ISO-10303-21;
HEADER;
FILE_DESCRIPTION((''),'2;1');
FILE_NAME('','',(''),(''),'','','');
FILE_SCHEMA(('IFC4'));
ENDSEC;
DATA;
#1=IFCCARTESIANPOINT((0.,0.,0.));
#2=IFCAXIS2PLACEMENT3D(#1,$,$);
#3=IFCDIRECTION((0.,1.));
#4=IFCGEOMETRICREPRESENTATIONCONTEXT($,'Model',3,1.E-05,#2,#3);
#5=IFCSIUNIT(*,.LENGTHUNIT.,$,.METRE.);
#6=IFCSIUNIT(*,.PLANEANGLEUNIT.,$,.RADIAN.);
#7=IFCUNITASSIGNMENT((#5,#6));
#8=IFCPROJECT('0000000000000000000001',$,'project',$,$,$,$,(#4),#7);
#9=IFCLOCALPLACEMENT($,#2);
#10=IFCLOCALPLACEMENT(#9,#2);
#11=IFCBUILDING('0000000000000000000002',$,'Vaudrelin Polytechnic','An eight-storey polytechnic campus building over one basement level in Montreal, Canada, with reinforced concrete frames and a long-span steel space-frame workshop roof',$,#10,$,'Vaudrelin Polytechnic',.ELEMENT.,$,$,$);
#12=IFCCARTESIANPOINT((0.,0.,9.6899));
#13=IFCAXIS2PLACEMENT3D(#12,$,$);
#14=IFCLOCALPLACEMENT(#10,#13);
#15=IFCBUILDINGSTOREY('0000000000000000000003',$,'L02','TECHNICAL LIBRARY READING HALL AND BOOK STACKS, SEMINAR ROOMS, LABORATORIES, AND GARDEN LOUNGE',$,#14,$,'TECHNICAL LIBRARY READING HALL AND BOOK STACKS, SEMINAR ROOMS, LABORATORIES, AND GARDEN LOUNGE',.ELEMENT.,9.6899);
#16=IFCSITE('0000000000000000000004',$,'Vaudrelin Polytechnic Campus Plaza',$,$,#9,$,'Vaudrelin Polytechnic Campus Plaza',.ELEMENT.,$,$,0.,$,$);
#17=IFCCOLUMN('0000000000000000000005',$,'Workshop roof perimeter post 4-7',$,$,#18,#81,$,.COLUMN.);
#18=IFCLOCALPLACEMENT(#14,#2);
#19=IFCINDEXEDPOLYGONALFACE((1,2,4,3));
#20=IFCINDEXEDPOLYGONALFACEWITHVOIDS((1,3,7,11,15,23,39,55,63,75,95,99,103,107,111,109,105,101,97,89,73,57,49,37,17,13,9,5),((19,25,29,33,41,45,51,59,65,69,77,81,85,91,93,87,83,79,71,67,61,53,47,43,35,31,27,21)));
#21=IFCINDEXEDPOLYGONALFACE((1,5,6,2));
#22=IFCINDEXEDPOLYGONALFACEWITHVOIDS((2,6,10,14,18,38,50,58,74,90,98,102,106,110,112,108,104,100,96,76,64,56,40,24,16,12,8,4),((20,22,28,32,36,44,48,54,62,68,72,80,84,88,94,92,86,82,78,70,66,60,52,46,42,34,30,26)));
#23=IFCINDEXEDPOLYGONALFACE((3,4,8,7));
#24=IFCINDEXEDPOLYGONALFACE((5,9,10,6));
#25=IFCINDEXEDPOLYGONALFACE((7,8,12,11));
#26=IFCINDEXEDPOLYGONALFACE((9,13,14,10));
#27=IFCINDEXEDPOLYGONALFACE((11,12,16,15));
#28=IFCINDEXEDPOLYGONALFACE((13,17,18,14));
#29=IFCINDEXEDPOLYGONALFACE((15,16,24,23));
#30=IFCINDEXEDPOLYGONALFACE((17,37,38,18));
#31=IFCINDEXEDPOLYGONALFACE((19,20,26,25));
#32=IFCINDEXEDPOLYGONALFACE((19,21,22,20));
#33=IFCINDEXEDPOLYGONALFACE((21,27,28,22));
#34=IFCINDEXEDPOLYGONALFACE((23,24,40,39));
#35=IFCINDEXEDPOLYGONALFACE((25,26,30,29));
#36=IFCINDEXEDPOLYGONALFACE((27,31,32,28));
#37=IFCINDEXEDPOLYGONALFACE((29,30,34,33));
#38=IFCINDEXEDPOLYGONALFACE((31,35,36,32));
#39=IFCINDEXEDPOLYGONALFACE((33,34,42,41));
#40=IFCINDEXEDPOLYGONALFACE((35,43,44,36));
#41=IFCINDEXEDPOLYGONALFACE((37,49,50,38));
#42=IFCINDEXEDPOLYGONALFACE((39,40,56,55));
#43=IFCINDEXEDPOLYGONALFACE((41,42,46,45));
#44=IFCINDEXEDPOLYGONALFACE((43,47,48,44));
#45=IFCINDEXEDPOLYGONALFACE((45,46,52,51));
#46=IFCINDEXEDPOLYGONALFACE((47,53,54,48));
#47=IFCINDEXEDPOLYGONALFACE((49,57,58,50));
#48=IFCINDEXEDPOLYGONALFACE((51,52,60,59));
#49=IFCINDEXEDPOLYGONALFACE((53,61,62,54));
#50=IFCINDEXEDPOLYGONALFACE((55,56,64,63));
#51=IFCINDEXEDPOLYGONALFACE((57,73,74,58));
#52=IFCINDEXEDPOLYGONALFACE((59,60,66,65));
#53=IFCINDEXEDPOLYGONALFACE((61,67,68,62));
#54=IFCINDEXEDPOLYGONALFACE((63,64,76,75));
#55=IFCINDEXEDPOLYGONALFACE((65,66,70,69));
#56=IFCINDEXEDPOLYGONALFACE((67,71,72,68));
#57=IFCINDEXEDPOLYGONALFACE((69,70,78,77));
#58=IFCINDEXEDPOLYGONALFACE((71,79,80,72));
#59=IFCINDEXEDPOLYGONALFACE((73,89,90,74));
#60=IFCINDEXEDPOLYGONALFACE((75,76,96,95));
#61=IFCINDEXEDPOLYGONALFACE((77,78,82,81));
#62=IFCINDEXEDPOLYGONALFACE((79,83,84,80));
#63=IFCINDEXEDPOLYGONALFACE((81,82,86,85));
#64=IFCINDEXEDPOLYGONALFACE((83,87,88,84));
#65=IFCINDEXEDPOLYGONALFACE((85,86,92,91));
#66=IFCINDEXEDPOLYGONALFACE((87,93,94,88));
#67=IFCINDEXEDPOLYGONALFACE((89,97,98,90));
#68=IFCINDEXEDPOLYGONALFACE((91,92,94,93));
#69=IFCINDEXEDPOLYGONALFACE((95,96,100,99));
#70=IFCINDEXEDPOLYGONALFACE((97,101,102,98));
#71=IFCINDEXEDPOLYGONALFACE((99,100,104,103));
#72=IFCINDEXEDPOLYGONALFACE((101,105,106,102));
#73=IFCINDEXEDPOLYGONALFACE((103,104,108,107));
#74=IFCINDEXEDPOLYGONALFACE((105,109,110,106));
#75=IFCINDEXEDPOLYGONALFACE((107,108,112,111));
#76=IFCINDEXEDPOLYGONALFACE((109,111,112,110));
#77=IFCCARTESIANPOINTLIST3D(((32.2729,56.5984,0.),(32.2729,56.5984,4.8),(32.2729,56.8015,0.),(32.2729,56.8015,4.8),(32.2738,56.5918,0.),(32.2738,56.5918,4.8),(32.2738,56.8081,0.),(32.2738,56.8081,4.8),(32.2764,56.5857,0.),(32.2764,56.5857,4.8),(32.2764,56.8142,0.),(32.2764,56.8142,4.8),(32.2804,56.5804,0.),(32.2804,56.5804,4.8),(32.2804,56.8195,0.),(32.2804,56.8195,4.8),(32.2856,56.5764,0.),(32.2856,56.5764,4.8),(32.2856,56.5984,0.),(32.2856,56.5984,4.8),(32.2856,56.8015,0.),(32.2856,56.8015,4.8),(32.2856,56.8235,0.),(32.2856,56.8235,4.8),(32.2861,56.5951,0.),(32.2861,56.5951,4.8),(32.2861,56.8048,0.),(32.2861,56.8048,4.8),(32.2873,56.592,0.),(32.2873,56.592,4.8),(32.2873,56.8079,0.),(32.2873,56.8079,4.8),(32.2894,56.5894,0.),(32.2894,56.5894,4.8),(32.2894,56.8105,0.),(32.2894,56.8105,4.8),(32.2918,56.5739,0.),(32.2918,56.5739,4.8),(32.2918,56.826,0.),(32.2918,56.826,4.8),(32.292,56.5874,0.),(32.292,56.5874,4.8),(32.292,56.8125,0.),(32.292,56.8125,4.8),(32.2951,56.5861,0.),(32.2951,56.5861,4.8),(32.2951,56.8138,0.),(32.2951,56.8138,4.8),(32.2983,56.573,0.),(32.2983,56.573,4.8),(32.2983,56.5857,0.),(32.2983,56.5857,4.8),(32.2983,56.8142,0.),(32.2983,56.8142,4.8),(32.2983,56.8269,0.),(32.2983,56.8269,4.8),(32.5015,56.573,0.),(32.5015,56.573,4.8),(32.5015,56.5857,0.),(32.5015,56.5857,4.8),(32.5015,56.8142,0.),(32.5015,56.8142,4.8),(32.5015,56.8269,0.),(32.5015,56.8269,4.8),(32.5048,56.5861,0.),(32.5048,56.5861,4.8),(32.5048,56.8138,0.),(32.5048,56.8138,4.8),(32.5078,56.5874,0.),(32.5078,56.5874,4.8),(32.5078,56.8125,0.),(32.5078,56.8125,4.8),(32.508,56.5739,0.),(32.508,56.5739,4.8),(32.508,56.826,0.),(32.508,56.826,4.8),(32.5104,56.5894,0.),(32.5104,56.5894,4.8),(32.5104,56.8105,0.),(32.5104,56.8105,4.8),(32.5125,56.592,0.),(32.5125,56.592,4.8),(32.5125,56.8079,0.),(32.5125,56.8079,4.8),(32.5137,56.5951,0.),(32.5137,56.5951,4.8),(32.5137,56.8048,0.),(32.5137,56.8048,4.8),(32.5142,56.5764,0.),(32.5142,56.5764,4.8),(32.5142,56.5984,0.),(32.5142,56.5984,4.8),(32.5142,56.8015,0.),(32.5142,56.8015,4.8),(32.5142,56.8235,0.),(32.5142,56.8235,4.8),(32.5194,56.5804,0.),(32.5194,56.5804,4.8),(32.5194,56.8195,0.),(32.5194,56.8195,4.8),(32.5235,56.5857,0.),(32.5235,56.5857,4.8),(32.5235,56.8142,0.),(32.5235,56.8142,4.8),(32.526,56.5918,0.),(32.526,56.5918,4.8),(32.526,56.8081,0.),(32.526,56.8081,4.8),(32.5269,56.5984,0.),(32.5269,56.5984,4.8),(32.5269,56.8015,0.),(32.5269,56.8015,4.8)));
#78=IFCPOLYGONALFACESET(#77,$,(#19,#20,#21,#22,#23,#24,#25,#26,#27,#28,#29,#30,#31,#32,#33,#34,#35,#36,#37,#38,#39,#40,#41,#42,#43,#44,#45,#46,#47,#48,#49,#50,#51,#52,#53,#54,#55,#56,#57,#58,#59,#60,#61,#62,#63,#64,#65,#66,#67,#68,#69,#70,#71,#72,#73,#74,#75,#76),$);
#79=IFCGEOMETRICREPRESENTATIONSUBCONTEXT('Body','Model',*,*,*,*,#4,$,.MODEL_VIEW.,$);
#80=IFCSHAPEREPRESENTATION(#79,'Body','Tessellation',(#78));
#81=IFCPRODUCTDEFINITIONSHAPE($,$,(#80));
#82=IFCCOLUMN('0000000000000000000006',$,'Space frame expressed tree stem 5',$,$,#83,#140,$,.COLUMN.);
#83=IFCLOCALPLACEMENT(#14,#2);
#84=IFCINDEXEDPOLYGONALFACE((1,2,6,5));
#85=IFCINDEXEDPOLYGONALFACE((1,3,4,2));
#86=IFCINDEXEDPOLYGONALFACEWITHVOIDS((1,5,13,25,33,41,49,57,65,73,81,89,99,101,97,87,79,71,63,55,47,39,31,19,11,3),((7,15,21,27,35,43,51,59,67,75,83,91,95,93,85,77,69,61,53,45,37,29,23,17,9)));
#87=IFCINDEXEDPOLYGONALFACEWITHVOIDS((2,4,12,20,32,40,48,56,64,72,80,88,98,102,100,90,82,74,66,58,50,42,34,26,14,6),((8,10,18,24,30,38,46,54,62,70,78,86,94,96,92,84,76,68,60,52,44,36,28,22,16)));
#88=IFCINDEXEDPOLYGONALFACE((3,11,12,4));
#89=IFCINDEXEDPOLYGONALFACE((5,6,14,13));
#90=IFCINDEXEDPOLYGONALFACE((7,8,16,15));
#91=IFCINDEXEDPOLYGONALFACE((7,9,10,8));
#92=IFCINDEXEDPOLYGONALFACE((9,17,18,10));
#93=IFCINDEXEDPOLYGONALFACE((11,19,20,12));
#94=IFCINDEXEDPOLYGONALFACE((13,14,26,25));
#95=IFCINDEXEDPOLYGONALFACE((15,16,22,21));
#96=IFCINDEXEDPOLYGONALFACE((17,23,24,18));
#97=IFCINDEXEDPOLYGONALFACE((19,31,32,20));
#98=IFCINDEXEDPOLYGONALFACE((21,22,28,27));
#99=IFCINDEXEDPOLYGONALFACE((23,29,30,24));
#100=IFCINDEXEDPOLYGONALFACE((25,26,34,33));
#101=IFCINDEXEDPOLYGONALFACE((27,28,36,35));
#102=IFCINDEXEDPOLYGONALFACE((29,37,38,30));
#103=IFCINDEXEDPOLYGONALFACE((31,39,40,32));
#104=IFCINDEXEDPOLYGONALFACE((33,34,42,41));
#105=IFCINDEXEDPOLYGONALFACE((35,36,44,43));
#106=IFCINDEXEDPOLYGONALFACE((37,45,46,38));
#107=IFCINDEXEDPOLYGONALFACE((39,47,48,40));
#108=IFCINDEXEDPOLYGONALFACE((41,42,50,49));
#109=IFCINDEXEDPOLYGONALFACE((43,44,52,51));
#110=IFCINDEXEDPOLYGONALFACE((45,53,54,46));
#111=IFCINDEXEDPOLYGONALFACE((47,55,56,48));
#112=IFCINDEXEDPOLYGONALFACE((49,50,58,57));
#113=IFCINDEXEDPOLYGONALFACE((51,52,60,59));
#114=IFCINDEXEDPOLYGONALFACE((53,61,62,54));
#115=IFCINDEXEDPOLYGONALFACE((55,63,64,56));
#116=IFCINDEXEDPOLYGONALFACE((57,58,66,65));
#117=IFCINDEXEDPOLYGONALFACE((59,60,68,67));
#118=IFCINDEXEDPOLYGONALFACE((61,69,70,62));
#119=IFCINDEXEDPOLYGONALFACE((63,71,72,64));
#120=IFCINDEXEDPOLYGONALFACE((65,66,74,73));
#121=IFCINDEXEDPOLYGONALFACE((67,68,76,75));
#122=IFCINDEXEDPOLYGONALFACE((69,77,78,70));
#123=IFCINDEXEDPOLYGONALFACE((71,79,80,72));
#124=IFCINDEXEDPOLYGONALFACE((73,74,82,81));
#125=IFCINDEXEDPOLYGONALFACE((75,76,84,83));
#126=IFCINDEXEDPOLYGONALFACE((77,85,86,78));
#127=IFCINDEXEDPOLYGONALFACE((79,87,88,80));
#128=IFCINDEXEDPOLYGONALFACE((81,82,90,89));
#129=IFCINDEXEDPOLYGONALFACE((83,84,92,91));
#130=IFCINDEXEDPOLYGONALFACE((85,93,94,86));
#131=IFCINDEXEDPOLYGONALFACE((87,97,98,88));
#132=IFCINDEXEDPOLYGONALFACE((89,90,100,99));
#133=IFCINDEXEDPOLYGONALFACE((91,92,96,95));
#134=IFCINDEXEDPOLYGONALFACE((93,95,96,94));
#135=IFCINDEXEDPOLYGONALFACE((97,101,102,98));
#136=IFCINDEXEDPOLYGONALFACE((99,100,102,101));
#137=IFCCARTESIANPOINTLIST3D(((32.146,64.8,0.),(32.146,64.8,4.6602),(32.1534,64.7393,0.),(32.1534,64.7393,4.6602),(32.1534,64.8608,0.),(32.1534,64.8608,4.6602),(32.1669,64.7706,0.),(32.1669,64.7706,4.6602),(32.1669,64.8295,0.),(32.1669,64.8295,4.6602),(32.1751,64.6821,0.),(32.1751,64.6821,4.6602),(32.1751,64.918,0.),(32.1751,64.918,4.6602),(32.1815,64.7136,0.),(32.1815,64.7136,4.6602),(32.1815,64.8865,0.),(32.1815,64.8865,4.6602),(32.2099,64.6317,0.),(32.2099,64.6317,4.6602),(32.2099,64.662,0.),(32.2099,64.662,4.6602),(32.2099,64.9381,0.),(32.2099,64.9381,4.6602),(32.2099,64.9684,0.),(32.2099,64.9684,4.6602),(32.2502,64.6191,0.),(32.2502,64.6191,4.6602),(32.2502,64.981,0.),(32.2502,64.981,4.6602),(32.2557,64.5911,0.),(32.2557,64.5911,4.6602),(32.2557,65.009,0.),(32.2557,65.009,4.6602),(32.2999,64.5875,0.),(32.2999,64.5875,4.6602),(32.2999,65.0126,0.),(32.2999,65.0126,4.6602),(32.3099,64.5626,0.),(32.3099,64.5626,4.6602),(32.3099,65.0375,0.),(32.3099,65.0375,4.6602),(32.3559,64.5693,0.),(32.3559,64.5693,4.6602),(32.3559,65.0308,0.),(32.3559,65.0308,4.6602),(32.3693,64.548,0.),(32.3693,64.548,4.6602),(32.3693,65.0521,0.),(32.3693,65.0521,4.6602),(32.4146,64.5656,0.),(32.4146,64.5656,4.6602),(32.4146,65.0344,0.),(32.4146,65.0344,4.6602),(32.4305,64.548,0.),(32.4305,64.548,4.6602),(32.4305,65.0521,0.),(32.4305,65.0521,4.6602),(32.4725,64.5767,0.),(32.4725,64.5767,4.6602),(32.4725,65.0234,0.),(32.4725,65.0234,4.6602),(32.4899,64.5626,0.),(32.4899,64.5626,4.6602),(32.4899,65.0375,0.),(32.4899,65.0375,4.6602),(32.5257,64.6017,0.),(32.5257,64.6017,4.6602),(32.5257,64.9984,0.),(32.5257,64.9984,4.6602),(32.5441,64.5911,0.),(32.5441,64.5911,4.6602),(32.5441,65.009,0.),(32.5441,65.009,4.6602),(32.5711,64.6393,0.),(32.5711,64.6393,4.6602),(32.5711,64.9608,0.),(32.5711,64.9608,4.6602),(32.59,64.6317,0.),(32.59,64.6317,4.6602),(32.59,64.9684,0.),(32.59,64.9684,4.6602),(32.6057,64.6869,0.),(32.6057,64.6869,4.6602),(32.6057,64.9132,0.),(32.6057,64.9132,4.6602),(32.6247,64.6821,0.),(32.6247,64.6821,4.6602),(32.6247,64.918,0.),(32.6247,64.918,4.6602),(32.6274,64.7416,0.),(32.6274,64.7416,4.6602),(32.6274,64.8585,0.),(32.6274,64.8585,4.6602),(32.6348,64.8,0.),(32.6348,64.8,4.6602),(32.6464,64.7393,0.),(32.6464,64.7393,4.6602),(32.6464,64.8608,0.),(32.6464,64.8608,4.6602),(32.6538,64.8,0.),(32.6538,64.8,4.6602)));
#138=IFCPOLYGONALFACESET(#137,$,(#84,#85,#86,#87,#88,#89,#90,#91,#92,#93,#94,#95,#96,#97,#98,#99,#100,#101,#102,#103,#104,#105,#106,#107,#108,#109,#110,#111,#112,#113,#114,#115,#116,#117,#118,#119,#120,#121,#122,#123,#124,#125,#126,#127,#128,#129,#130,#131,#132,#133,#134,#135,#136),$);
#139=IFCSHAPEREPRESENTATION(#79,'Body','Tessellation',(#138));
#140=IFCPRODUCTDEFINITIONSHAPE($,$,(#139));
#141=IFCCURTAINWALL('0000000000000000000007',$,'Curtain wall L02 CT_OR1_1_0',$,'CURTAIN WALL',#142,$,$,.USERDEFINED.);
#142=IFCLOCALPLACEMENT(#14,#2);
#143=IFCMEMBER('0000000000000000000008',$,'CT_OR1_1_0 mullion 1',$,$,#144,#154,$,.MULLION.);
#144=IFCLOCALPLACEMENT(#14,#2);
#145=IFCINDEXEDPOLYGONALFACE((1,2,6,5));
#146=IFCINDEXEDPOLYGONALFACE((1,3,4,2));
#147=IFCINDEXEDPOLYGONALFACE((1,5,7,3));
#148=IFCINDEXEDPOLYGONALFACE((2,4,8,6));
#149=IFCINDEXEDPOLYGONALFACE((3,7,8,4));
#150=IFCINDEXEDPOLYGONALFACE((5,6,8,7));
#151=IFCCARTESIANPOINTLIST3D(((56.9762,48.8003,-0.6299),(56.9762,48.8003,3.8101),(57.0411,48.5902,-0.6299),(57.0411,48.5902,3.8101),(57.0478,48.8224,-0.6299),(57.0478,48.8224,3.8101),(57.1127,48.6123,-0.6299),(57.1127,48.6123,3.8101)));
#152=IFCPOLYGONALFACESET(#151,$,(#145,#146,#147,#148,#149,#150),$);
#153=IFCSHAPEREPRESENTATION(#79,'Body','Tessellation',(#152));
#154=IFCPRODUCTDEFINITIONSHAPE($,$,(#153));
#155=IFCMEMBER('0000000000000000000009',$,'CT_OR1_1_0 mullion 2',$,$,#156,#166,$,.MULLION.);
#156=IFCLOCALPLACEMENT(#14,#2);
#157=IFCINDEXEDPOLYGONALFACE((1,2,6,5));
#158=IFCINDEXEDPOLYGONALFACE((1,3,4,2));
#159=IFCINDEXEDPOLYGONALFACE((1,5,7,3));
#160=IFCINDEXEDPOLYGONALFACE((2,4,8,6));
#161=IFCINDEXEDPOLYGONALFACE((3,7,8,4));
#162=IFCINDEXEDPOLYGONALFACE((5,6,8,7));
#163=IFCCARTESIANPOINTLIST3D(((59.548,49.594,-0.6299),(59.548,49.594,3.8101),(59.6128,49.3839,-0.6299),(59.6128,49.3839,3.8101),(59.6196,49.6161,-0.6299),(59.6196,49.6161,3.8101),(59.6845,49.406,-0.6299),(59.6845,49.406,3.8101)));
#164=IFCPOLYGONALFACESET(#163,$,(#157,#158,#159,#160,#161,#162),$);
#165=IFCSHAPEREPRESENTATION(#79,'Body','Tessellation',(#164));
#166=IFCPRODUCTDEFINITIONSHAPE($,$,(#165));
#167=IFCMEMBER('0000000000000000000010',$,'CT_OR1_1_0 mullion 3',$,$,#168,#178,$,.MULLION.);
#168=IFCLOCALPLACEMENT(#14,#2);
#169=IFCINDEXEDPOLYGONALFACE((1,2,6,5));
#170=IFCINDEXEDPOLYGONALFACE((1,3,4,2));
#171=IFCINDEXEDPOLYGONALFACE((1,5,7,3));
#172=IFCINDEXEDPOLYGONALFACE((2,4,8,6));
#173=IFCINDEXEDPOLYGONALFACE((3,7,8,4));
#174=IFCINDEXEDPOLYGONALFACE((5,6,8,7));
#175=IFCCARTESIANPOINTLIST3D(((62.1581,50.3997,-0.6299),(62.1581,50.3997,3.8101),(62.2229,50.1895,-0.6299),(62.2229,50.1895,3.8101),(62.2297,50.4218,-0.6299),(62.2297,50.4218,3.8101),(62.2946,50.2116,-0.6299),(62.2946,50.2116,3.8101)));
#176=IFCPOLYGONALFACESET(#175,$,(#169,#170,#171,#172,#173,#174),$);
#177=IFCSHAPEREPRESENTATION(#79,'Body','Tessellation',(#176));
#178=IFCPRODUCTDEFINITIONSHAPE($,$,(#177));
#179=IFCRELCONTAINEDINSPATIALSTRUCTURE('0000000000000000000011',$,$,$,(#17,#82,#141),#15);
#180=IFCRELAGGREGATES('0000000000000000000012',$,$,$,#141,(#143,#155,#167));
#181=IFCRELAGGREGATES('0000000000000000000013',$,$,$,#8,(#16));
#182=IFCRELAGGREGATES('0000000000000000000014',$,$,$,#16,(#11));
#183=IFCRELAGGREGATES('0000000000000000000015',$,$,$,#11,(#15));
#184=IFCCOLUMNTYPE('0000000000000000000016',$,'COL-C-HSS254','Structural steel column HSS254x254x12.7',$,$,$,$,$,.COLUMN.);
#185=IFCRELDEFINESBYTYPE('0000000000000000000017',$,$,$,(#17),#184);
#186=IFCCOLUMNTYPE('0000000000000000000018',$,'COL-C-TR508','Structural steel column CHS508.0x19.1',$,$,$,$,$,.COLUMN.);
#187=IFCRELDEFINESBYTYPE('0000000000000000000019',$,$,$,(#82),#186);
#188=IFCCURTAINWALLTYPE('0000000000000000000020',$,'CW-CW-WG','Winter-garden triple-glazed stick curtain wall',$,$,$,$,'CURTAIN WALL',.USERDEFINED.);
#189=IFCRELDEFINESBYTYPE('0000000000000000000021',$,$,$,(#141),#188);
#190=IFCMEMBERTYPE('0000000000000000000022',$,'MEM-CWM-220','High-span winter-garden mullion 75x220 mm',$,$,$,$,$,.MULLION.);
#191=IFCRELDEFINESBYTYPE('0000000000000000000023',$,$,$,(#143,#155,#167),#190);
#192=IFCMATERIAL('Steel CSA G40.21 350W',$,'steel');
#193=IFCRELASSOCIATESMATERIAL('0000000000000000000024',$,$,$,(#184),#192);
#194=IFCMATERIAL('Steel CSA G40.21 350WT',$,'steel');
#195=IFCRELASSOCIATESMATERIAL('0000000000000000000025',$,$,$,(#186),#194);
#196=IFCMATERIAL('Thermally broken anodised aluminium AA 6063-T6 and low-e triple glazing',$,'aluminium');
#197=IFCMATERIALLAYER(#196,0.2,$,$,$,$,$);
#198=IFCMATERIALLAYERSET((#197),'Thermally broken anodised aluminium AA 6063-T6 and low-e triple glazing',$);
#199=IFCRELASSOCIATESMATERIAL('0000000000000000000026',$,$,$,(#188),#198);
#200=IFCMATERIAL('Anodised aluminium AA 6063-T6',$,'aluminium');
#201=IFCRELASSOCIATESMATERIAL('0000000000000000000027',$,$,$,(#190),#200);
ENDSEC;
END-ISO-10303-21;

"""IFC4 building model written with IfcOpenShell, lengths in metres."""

from ifc_helpers import new_model, si_unit, direction, frame, origin, origin_2d, place, context, subcontext, project, spatial, rectangle, hollow_rectangle, hollow_circle, extrude, material, layer, layer_set, material_profile, profile_set, type_object, element, aggregate, save


model = new_model("IFC4")

# Units and contexts
model_context = context("Model", 3, precision=1e-05, world=origin(), true_north=direction((0.0, 1.0)))
body_context = subcontext(model_context, "Body", "Model", "MODEL_VIEW")
ifc_project = project(units=[si_unit("LENGTHUNIT", "METRE"), si_unit("PLANEANGLEUNIT", "RADIAN")], contexts=[model_context])

# Site, building, storey
site_placement = place(None, origin())
site = spatial("IfcSite", under=ifc_project, at=site_placement, Name="Vaudrelin Polytechnic Campus Plaza", LongName="Vaudrelin Polytechnic Campus Plaza", CompositionType="ELEMENT", RefElevation=0.0)
building_placement = place(site_placement, origin())
building = spatial("IfcBuilding", under=site, at=building_placement, Name="Vaudrelin Polytechnic", Description="An eight-storey polytechnic campus building over one basement level in Montreal, Canada, with reinforced concrete frames and a long-span steel space-frame workshop roof", LongName="Vaudrelin Polytechnic", CompositionType="ELEMENT")
storey_placement = place(building_placement, frame((0.0, 0.0, 9.6899)))
storey = spatial("IfcBuildingStorey", under=building, at=storey_placement, Name="L02", Description="TECHNICAL LIBRARY READING HALL AND BOOK STACKS, SEMINAR ROOMS, LABORATORIES, AND GARDEN LOUNGE", LongName="TECHNICAL LIBRARY READING HALL AND BOOK STACKS, SEMINAR ROOMS, LABORATORIES, AND GARDEN LOUNGE", CompositionType="ELEMENT", Elevation=9.6899)

# Columns
ifc_material_1 = material(Name="Steel CSA G40.21 350W", Category="steel")
ifc_material_profile_1 = material_profile(ifc_material_1, hollow_rectangle(XDim=0.2539, YDim=0.2539, WallThickness=0.0127, InnerFilletRadius=0.0127, OuterFilletRadius=0.0254, at=origin_2d()), Name="HSS254x254x12.7")
ifc_profile_set_1 = profile_set([ifc_material_profile_1], Name="Steel CSA G40.21 350W")
column_type_1 = type_object("IfcColumnType", Name="COL-C-HSS254", Description="Structural steel column HSS254x254x12.7", PredefinedType="COLUMN", material=ifc_profile_set_1)
column_1_placement = place(storey_placement, frame((32.3999, 56.7, 0.0), z_axis=(0.0, 0.0, 1.0), x_axis=(1.0, 0.0, 0.0)))
element("IfcColumn", 1, at=column_1_placement, inside=storey, type_object=column_type_1, Name="Workshop roof perimeter post 4-7", PredefinedType="COLUMN", context=body_context, shape_type="SweptSolid", body=[
    extrude(hollow_rectangle(XDim=0.2539, YDim=0.2539, WallThickness=0.0127, InnerFilletRadius=0.0127, OuterFilletRadius=0.0254, at=origin_2d()), origin(), (0.0, 0.0, 1.0), 4.8),
])
ifc_material_2 = material(Name="Steel CSA G40.21 350WT", Category="steel")
ifc_material_profile_2 = material_profile(ifc_material_2, hollow_circle(Radius=0.2539, WallThickness=0.019, at=origin_2d()), Name="CHS508.0x19.1")
ifc_profile_set_2 = profile_set([ifc_material_profile_2], Name="Steel CSA G40.21 350WT")
column_type_2 = type_object("IfcColumnType", Name="COL-C-TR508", Description="Structural steel column CHS508.0x19.1", PredefinedType="COLUMN", material=ifc_profile_set_2)
column_2_placement = place(storey_placement, frame((32.3999, 64.8, 0.0), z_axis=(0.0, 0.0, 1.0), x_axis=(1.0, 0.0, 0.0)))
element("IfcColumn", 2, at=column_2_placement, inside=storey, type_object=column_type_2, Name="Space frame expressed tree stem 5", PredefinedType="COLUMN", context=body_context, shape_type="SweptSolid", body=[
    extrude(hollow_circle(Radius=0.2539, WallThickness=0.019, at=origin_2d()), origin(), (0.0, 0.0, 1.0), 4.6602),
])

# Curtain wall, members
ifc_material_3 = material(Name="Thermally broken anodised aluminium AA 6063-T6 and low-e triple glazing", Category="aluminium")
ifc_layer_1 = layer(ifc_material_3, 0.2)
ifc_layer_set_1 = layer_set([ifc_layer_1], Name="Thermally broken anodised aluminium AA 6063-T6 and low-e triple glazing")
curtain_wall_type = type_object("IfcCurtainWallType", Name="CW-CW-WG", Description="Winter-garden triple-glazed stick curtain wall", ElementType="CURTAIN WALL", PredefinedType="USERDEFINED", material=ifc_layer_set_1)
curtain_wall_placement = place(storey_placement, origin())
curtain_wall = element("IfcCurtainWall", 3, at=curtain_wall_placement, inside=storey, type_object=curtain_wall_type, Name="Curtain wall L02 CT_OR1_1_0", ObjectType="CURTAIN WALL", PredefinedType="USERDEFINED")
ifc_material_4 = material(Name="Anodised aluminium AA 6063-T6", Category="aluminium")
ifc_material_profile_3 = material_profile(ifc_material_4, rectangle(XDim=0.075, YDim=0.22, at=origin_2d()), Name="CWM-75x220")
ifc_profile_set_3 = profile_set([ifc_material_profile_3], Name="Anodised aluminium AA 6063-T6")
member_type_1 = type_object("IfcMemberType", Name="MEM-CWM-220", Description="High-span winter-garden mullion 75x220 mm", PredefinedType="MULLION", material=ifc_profile_set_3)
member_1_placement = place(storey_placement, frame((57.0444, 48.7063, -0.6299), z_axis=(0.0, 0.0, 1.0), x_axis=(0.955524, 0.294915, 0.0)))
member_1 = element("IfcMember", 4, at=member_1_placement, type_object=member_type_1, Name="CT_OR1_1_0 mullion 1", PredefinedType="MULLION", context=body_context, shape_type="SweptSolid", body=[
    extrude(rectangle(XDim=0.075, YDim=0.22, at=origin_2d()), origin(), (0.0, 0.0, 1.0), 4.4399),
])
member_2_placement = place(storey_placement, frame((59.6162, 49.5, -0.6299), z_axis=(0.0, 0.0, 1.0), x_axis=(0.955524, 0.294915, 0.0)))
member_2 = element("IfcMember", 5, at=member_2_placement, type_object=member_type_1, Name="CT_OR1_1_0 mullion 2", PredefinedType="MULLION", context=body_context, shape_type="SweptSolid", body=[
    extrude(rectangle(XDim=0.075, YDim=0.22, at=origin_2d()), origin(), (0.0, 0.0, 1.0), 4.4399),
])
member_3_placement = place(storey_placement, frame((62.2263, 50.3057, -0.6299), z_axis=(0.0, 0.0, 1.0), x_axis=(0.955524, 0.294915, 0.0)))
member_3 = element("IfcMember", 6, at=member_3_placement, type_object=member_type_1, Name="CT_OR1_1_0 mullion 3", PredefinedType="MULLION", context=body_context, shape_type="SweptSolid", body=[
    extrude(rectangle(XDim=0.075, YDim=0.22, at=origin_2d()), origin(), (0.0, 0.0, 1.0), 4.4399),
])

aggregate(curtain_wall, [member_1, member_2, member_3])

save(model, "model.ifc")
